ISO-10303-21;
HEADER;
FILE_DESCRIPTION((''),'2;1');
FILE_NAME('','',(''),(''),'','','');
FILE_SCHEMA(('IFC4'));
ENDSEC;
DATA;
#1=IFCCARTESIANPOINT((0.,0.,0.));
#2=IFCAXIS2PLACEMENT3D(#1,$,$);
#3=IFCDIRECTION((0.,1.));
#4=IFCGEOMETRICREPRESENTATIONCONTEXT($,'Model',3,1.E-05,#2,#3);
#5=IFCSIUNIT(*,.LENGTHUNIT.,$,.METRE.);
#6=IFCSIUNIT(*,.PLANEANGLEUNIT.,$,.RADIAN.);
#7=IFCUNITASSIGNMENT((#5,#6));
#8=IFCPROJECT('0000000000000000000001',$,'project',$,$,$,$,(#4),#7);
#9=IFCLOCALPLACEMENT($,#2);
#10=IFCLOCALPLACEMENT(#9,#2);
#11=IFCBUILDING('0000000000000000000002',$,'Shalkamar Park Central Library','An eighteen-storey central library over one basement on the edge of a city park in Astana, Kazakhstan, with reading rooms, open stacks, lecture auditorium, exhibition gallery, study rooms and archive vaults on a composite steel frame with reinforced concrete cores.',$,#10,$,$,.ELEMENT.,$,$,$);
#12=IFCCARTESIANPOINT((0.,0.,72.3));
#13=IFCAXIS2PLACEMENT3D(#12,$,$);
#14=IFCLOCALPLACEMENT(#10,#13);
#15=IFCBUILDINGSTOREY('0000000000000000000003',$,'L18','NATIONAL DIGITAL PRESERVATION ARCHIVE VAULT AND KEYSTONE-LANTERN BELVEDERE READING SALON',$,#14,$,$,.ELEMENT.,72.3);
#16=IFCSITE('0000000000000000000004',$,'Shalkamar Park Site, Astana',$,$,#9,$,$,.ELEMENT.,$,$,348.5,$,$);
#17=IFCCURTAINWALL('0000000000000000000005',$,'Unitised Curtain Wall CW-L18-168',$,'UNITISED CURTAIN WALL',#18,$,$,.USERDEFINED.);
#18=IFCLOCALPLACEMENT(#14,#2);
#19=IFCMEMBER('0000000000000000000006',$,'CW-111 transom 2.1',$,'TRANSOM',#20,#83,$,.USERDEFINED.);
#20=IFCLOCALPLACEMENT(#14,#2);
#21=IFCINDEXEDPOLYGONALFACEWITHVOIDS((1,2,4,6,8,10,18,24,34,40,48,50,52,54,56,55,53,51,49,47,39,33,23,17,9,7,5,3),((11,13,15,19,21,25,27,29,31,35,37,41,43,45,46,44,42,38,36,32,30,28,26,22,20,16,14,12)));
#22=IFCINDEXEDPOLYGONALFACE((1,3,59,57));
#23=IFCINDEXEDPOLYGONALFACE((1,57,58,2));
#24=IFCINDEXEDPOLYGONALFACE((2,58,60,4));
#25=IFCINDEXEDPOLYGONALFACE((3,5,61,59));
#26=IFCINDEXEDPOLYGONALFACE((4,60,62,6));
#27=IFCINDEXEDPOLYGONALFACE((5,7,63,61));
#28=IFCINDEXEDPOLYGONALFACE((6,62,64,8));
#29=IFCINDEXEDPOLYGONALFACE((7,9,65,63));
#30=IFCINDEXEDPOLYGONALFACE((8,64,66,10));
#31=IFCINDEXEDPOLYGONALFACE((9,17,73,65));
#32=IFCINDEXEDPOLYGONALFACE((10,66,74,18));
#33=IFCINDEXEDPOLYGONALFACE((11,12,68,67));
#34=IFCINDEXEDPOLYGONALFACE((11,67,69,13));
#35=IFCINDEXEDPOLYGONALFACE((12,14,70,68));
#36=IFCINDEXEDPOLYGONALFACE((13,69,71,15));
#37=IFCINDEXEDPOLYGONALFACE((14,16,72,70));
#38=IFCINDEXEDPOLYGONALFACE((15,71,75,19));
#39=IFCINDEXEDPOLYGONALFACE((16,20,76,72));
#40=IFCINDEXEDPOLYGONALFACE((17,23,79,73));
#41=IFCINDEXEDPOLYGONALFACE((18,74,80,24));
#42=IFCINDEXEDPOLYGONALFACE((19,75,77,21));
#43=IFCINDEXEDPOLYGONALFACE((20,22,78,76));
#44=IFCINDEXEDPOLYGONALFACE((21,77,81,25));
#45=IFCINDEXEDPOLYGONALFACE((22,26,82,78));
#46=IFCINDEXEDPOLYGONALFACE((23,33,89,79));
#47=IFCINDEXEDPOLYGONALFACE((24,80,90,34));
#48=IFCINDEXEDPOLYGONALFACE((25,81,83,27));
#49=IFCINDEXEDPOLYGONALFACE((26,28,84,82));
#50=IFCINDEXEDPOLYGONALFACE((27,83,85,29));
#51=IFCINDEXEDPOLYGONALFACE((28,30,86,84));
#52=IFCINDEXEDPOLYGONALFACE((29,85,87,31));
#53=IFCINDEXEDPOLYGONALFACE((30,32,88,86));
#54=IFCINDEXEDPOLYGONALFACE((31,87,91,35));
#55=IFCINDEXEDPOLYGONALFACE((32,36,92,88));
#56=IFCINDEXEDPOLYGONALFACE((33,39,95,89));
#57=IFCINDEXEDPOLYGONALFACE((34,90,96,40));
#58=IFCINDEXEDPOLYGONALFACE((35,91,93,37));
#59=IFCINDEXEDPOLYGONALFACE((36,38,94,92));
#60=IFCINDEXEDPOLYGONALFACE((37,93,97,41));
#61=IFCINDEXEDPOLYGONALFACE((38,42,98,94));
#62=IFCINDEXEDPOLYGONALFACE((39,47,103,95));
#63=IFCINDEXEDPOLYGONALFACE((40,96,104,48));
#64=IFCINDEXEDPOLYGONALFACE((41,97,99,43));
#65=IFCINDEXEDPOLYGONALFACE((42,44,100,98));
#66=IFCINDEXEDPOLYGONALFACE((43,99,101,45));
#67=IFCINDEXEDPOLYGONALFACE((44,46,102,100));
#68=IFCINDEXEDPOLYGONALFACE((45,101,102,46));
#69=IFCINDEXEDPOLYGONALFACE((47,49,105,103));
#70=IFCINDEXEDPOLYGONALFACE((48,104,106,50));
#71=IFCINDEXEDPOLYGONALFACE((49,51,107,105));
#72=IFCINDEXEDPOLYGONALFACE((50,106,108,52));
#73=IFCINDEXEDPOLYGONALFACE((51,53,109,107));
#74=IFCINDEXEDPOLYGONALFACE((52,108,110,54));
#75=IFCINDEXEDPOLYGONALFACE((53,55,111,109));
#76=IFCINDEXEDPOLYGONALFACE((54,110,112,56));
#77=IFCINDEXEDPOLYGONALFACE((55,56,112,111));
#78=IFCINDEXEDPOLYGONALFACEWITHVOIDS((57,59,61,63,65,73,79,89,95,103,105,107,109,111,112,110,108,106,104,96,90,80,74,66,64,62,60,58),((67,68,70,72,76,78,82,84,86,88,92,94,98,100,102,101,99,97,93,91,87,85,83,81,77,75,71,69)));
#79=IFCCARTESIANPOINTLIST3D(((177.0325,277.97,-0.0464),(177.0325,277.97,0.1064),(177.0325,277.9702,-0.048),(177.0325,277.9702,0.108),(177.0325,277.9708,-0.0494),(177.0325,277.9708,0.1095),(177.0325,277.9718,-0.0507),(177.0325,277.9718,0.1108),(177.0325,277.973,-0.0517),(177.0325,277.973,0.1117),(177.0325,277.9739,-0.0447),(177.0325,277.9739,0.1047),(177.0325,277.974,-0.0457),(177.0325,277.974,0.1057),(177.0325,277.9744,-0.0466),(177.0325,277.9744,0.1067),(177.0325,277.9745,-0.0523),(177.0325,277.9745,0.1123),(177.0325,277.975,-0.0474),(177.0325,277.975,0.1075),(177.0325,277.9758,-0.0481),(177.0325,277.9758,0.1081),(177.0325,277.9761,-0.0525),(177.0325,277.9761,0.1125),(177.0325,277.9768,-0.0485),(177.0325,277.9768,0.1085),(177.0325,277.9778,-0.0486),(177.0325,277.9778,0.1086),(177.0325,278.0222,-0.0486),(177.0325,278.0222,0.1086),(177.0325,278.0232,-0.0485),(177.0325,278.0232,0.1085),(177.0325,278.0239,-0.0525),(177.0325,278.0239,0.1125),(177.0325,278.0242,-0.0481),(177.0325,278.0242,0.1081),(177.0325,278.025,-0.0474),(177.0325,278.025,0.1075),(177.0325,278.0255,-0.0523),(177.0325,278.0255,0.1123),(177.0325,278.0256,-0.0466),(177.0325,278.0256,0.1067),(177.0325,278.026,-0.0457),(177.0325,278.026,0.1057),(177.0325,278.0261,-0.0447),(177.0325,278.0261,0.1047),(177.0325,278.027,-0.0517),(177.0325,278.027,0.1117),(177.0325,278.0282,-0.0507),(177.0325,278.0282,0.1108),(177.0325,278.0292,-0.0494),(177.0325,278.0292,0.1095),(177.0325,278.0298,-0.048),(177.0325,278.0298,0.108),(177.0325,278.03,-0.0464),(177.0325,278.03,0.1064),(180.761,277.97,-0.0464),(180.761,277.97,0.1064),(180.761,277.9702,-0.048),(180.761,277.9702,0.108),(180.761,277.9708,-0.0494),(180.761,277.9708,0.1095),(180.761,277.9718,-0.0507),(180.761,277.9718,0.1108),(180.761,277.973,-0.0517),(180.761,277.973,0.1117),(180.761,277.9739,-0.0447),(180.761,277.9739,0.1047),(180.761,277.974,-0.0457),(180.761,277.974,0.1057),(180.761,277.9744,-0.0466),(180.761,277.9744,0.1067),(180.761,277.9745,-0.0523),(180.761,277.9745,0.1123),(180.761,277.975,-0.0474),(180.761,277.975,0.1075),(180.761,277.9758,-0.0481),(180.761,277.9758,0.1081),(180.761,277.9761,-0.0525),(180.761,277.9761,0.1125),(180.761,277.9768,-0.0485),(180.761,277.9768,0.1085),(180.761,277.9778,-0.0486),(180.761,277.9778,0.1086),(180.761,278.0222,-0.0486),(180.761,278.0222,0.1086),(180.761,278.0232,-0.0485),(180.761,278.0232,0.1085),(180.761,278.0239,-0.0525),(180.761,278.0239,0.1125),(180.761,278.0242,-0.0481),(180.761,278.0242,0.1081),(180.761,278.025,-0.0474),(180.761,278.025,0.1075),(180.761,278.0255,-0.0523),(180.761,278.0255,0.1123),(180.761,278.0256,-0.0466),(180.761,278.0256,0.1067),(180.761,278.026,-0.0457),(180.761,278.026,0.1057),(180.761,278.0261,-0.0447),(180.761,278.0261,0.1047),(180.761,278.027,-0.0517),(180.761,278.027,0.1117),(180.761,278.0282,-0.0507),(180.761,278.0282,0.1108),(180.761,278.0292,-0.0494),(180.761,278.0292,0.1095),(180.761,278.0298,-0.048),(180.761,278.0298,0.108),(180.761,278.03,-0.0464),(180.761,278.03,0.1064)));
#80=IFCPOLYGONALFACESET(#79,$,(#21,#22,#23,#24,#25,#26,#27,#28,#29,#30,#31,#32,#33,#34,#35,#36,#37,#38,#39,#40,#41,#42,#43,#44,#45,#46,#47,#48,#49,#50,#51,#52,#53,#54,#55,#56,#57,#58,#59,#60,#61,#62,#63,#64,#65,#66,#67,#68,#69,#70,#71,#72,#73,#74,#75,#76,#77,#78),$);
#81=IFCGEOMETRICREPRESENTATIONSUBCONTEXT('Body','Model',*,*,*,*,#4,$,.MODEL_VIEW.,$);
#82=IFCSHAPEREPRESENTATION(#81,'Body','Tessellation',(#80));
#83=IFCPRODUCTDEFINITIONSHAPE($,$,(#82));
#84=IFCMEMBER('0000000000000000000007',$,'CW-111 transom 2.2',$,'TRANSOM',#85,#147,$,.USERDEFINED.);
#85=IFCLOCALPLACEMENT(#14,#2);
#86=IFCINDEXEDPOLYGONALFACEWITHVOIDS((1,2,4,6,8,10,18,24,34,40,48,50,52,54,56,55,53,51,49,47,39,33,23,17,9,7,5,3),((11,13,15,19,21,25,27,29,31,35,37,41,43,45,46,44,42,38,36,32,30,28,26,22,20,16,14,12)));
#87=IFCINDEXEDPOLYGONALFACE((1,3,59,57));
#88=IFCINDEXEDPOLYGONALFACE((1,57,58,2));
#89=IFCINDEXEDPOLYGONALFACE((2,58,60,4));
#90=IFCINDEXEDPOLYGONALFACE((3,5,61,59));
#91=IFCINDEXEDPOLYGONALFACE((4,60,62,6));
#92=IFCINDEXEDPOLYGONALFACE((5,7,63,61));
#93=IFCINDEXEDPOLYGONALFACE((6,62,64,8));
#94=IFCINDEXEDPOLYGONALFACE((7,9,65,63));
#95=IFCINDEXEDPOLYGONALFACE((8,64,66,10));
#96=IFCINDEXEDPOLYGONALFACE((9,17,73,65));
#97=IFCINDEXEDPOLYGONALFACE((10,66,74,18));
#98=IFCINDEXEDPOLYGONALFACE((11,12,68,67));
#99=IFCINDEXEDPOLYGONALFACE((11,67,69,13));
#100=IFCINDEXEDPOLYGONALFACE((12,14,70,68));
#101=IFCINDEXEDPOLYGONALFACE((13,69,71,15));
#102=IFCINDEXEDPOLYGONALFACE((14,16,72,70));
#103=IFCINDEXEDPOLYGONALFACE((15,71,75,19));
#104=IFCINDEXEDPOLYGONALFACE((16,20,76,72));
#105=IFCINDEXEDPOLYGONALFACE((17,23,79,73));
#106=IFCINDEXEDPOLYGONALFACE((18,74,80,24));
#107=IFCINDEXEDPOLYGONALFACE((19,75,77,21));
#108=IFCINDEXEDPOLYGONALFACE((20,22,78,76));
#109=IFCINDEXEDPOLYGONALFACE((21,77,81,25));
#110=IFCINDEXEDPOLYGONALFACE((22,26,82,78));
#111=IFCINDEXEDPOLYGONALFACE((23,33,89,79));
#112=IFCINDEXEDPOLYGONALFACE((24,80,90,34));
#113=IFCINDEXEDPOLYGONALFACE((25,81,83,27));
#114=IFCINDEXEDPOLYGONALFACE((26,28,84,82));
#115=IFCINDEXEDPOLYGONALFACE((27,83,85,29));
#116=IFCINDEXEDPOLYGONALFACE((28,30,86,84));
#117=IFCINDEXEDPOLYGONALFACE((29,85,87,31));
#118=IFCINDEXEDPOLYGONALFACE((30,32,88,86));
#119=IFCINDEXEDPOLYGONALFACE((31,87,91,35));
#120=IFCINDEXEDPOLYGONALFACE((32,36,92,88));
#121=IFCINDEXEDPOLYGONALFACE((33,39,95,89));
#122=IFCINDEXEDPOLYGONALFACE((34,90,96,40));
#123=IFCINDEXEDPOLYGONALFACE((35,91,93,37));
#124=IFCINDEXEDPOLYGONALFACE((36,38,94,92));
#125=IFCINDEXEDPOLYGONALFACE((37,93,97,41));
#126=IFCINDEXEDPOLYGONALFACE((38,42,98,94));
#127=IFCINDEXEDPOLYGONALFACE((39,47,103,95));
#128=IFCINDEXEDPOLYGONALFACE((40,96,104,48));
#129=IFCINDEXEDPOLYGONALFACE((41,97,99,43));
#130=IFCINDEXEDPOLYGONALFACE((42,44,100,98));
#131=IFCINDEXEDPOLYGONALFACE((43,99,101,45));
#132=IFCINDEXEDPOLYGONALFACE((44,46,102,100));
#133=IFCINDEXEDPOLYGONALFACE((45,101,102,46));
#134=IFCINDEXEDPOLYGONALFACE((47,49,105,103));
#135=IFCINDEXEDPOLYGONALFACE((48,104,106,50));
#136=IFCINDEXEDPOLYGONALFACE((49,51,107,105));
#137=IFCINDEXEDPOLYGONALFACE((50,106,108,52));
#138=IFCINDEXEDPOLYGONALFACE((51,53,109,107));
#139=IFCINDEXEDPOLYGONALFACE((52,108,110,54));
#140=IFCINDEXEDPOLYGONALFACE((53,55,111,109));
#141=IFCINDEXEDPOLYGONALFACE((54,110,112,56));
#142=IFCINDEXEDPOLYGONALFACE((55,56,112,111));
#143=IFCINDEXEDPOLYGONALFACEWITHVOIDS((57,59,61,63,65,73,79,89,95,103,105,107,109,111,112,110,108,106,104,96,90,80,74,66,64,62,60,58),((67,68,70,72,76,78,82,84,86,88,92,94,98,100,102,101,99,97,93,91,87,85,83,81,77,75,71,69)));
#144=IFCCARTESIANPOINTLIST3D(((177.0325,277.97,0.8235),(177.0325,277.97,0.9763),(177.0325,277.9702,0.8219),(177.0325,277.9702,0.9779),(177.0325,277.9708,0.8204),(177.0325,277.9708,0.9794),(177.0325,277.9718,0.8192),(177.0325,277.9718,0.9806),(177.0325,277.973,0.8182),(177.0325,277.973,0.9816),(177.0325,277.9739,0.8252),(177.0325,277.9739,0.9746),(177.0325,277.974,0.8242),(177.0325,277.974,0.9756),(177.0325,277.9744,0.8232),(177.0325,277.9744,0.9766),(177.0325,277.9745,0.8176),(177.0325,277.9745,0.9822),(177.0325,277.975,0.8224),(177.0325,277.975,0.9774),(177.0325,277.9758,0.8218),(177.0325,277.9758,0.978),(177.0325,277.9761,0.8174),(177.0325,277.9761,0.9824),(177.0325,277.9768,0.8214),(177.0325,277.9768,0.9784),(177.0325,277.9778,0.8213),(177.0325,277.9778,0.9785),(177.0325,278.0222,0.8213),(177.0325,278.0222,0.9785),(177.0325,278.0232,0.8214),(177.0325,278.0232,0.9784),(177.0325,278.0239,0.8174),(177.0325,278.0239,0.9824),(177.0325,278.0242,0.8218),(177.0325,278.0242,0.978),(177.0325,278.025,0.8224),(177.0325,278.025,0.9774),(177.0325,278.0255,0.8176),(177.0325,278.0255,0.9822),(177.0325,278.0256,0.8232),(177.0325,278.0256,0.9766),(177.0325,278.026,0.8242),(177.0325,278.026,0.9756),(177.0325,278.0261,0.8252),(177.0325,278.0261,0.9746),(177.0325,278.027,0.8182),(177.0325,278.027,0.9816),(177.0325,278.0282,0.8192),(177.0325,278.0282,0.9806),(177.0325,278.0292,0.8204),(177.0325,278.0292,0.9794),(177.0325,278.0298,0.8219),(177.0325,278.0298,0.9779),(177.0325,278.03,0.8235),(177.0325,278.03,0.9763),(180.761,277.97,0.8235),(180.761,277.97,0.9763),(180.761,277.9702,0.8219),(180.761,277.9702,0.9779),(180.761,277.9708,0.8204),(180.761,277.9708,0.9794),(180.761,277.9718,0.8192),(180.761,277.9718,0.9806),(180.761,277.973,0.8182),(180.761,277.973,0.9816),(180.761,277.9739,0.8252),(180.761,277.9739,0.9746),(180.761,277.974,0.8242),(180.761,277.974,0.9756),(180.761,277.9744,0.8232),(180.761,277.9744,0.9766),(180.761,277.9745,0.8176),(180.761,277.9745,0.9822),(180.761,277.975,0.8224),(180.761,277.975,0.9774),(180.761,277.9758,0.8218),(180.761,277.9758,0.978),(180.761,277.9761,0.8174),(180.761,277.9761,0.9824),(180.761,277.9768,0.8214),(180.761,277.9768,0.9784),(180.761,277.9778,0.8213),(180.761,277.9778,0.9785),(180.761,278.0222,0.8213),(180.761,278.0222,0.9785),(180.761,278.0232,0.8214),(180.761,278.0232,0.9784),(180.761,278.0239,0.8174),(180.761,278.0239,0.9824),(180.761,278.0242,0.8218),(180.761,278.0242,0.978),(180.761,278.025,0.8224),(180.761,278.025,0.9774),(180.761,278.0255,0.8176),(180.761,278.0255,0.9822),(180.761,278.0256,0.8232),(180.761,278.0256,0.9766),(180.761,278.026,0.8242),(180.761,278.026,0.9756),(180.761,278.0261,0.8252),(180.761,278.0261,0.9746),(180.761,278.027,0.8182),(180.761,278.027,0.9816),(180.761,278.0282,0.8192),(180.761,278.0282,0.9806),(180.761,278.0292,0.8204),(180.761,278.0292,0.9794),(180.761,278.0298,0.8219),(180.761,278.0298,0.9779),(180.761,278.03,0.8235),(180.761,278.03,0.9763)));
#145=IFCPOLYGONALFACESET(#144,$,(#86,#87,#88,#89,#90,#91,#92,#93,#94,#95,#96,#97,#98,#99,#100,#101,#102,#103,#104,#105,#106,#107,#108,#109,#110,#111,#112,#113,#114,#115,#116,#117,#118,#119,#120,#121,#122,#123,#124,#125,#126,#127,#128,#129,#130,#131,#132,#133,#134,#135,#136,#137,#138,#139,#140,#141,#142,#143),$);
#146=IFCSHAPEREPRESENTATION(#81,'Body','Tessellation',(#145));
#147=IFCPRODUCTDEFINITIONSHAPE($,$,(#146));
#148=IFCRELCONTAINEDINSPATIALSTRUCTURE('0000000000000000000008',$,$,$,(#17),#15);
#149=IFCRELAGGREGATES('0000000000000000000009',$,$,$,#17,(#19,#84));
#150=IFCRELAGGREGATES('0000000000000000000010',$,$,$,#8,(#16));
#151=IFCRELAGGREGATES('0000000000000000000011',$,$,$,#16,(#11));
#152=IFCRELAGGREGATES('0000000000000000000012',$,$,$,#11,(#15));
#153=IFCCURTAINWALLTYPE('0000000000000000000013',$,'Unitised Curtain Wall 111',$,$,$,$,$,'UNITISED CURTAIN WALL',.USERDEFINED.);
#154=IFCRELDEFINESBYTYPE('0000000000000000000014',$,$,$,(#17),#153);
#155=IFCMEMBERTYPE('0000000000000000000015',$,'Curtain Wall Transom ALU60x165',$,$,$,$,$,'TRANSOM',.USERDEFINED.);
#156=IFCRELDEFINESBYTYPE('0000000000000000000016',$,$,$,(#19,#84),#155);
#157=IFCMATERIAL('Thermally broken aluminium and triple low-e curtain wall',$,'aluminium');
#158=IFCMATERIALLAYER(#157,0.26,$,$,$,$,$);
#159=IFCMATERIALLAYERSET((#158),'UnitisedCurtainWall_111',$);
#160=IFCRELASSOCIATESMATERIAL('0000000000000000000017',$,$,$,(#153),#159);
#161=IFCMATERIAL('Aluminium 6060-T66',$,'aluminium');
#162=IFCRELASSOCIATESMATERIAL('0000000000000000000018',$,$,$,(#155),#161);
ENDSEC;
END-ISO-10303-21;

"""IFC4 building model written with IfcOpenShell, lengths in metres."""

from ifc_helpers import new_model, si_unit, direction, frame, origin, origin_2d, place, context, subcontext, project, spatial, hollow_rectangle, extrude, material, layer, layer_set, material_profile, profile_set, type_object, element, aggregate, save


model = new_model("IFC4")

# Units and contexts
model_context = context("Model", 3, precision=1e-05, world=origin(), true_north=direction((0.0, 1.0)))
body_context = subcontext(model_context, "Body", "Model", "MODEL_VIEW")
ifc_project = project(units=[si_unit("LENGTHUNIT", "METRE"), si_unit("PLANEANGLEUNIT", "RADIAN")], contexts=[model_context])

# Site, building, storey
site_placement = place(None, origin())
site = spatial("IfcSite", under=ifc_project, at=site_placement, Name="Shalkamar Park Site, Astana", CompositionType="ELEMENT", RefElevation=348.5)
building_placement = place(site_placement, origin())
building = spatial("IfcBuilding", under=site, at=building_placement, Name="Shalkamar Park Central Library", Description="An eighteen-storey central library over one basement on the edge of a city park in Astana, Kazakhstan, with reading rooms, open stacks, lecture auditorium, exhibition gallery, study rooms and archive vaults on a composite steel frame with reinforced concrete cores.", CompositionType="ELEMENT")
storey_placement = place(building_placement, frame((0.0, 0.0, 72.3)))
storey = spatial("IfcBuildingStorey", under=building, at=storey_placement, Name="L18", Description="NATIONAL DIGITAL PRESERVATION ARCHIVE VAULT AND KEYSTONE-LANTERN BELVEDERE READING SALON", CompositionType="ELEMENT", Elevation=72.3)

# Curtain wall
ifc_material_1 = material(Name="Thermally broken aluminium and triple low-e curtain wall", Category="aluminium")
ifc_layer_1 = layer(ifc_material_1, 0.26)
ifc_layer_set_1 = layer_set([ifc_layer_1], Name="UnitisedCurtainWall_111")
curtain_wall_type_1 = type_object("IfcCurtainWallType", Name="Unitised Curtain Wall 111", ElementType="UNITISED CURTAIN WALL", PredefinedType="USERDEFINED", material=ifc_layer_set_1)
curtain_wall_1_placement = place(storey_placement, origin())
curtain_wall_1 = element("IfcCurtainWall", 1, at=curtain_wall_1_placement, inside=storey, type_object=curtain_wall_type_1, Name="Unitised Curtain Wall CW-L18-168", ObjectType="UNITISED CURTAIN WALL", PredefinedType="USERDEFINED")
ifc_material_2 = material(Name="Aluminium 6060-T66", Category="aluminium")

# Members
ifc_material_profile_1 = material_profile(ifc_material_2, hollow_rectangle(XDim=0.0601, YDim=0.165, WallThickness=0.0039, InnerFilletRadius=0.0039, OuterFilletRadius=0.0061, at=origin_2d()), Name="ALU 60x165x4")
ifc_profile_set_1 = profile_set([ifc_material_profile_1], Name="Aluminium 6060-T66")
member_type_1 = type_object("IfcMemberType", Name="Curtain Wall Transom ALU60x165", ElementType="TRANSOM", PredefinedType="USERDEFINED", material=ifc_profile_set_1)
member_1_placement = place(storey_placement, frame((177.0325, 278.0, 0.03), z_axis=(1.0, 0.0, 0.0), x_axis=(0.0, 1.0, 0.0)))
member_1 = element("IfcMember", 2, at=member_1_placement, type_object=member_type_1, Name="CW-111 transom 2.1", ObjectType="TRANSOM", PredefinedType="USERDEFINED", context=body_context, shape_type="SweptSolid", body=[
    extrude(hollow_rectangle(XDim=0.0601, YDim=0.165, WallThickness=0.0039, InnerFilletRadius=0.0039, OuterFilletRadius=0.0061, at=origin_2d()), origin(), (0.0, 0.0, 1.0), 3.7285),
])
member_2_placement = place(storey_placement, frame((177.0325, 278.0, 0.8999), z_axis=(1.0, 0.0, 0.0), x_axis=(0.0, 1.0, 0.0)))
member_2 = element("IfcMember", 3, at=member_2_placement, type_object=member_type_1, Name="CW-111 transom 2.2", ObjectType="TRANSOM", PredefinedType="USERDEFINED", context=body_context, shape_type="SweptSolid", body=[
    extrude(hollow_rectangle(XDim=0.0601, YDim=0.165, WallThickness=0.0039, InnerFilletRadius=0.0039, OuterFilletRadius=0.0061, at=origin_2d()), origin(), (0.0, 0.0, 1.0), 3.7285),
])

aggregate(curtain_wall_1, [member_1, member_2])

save(model, "model.ifc")
